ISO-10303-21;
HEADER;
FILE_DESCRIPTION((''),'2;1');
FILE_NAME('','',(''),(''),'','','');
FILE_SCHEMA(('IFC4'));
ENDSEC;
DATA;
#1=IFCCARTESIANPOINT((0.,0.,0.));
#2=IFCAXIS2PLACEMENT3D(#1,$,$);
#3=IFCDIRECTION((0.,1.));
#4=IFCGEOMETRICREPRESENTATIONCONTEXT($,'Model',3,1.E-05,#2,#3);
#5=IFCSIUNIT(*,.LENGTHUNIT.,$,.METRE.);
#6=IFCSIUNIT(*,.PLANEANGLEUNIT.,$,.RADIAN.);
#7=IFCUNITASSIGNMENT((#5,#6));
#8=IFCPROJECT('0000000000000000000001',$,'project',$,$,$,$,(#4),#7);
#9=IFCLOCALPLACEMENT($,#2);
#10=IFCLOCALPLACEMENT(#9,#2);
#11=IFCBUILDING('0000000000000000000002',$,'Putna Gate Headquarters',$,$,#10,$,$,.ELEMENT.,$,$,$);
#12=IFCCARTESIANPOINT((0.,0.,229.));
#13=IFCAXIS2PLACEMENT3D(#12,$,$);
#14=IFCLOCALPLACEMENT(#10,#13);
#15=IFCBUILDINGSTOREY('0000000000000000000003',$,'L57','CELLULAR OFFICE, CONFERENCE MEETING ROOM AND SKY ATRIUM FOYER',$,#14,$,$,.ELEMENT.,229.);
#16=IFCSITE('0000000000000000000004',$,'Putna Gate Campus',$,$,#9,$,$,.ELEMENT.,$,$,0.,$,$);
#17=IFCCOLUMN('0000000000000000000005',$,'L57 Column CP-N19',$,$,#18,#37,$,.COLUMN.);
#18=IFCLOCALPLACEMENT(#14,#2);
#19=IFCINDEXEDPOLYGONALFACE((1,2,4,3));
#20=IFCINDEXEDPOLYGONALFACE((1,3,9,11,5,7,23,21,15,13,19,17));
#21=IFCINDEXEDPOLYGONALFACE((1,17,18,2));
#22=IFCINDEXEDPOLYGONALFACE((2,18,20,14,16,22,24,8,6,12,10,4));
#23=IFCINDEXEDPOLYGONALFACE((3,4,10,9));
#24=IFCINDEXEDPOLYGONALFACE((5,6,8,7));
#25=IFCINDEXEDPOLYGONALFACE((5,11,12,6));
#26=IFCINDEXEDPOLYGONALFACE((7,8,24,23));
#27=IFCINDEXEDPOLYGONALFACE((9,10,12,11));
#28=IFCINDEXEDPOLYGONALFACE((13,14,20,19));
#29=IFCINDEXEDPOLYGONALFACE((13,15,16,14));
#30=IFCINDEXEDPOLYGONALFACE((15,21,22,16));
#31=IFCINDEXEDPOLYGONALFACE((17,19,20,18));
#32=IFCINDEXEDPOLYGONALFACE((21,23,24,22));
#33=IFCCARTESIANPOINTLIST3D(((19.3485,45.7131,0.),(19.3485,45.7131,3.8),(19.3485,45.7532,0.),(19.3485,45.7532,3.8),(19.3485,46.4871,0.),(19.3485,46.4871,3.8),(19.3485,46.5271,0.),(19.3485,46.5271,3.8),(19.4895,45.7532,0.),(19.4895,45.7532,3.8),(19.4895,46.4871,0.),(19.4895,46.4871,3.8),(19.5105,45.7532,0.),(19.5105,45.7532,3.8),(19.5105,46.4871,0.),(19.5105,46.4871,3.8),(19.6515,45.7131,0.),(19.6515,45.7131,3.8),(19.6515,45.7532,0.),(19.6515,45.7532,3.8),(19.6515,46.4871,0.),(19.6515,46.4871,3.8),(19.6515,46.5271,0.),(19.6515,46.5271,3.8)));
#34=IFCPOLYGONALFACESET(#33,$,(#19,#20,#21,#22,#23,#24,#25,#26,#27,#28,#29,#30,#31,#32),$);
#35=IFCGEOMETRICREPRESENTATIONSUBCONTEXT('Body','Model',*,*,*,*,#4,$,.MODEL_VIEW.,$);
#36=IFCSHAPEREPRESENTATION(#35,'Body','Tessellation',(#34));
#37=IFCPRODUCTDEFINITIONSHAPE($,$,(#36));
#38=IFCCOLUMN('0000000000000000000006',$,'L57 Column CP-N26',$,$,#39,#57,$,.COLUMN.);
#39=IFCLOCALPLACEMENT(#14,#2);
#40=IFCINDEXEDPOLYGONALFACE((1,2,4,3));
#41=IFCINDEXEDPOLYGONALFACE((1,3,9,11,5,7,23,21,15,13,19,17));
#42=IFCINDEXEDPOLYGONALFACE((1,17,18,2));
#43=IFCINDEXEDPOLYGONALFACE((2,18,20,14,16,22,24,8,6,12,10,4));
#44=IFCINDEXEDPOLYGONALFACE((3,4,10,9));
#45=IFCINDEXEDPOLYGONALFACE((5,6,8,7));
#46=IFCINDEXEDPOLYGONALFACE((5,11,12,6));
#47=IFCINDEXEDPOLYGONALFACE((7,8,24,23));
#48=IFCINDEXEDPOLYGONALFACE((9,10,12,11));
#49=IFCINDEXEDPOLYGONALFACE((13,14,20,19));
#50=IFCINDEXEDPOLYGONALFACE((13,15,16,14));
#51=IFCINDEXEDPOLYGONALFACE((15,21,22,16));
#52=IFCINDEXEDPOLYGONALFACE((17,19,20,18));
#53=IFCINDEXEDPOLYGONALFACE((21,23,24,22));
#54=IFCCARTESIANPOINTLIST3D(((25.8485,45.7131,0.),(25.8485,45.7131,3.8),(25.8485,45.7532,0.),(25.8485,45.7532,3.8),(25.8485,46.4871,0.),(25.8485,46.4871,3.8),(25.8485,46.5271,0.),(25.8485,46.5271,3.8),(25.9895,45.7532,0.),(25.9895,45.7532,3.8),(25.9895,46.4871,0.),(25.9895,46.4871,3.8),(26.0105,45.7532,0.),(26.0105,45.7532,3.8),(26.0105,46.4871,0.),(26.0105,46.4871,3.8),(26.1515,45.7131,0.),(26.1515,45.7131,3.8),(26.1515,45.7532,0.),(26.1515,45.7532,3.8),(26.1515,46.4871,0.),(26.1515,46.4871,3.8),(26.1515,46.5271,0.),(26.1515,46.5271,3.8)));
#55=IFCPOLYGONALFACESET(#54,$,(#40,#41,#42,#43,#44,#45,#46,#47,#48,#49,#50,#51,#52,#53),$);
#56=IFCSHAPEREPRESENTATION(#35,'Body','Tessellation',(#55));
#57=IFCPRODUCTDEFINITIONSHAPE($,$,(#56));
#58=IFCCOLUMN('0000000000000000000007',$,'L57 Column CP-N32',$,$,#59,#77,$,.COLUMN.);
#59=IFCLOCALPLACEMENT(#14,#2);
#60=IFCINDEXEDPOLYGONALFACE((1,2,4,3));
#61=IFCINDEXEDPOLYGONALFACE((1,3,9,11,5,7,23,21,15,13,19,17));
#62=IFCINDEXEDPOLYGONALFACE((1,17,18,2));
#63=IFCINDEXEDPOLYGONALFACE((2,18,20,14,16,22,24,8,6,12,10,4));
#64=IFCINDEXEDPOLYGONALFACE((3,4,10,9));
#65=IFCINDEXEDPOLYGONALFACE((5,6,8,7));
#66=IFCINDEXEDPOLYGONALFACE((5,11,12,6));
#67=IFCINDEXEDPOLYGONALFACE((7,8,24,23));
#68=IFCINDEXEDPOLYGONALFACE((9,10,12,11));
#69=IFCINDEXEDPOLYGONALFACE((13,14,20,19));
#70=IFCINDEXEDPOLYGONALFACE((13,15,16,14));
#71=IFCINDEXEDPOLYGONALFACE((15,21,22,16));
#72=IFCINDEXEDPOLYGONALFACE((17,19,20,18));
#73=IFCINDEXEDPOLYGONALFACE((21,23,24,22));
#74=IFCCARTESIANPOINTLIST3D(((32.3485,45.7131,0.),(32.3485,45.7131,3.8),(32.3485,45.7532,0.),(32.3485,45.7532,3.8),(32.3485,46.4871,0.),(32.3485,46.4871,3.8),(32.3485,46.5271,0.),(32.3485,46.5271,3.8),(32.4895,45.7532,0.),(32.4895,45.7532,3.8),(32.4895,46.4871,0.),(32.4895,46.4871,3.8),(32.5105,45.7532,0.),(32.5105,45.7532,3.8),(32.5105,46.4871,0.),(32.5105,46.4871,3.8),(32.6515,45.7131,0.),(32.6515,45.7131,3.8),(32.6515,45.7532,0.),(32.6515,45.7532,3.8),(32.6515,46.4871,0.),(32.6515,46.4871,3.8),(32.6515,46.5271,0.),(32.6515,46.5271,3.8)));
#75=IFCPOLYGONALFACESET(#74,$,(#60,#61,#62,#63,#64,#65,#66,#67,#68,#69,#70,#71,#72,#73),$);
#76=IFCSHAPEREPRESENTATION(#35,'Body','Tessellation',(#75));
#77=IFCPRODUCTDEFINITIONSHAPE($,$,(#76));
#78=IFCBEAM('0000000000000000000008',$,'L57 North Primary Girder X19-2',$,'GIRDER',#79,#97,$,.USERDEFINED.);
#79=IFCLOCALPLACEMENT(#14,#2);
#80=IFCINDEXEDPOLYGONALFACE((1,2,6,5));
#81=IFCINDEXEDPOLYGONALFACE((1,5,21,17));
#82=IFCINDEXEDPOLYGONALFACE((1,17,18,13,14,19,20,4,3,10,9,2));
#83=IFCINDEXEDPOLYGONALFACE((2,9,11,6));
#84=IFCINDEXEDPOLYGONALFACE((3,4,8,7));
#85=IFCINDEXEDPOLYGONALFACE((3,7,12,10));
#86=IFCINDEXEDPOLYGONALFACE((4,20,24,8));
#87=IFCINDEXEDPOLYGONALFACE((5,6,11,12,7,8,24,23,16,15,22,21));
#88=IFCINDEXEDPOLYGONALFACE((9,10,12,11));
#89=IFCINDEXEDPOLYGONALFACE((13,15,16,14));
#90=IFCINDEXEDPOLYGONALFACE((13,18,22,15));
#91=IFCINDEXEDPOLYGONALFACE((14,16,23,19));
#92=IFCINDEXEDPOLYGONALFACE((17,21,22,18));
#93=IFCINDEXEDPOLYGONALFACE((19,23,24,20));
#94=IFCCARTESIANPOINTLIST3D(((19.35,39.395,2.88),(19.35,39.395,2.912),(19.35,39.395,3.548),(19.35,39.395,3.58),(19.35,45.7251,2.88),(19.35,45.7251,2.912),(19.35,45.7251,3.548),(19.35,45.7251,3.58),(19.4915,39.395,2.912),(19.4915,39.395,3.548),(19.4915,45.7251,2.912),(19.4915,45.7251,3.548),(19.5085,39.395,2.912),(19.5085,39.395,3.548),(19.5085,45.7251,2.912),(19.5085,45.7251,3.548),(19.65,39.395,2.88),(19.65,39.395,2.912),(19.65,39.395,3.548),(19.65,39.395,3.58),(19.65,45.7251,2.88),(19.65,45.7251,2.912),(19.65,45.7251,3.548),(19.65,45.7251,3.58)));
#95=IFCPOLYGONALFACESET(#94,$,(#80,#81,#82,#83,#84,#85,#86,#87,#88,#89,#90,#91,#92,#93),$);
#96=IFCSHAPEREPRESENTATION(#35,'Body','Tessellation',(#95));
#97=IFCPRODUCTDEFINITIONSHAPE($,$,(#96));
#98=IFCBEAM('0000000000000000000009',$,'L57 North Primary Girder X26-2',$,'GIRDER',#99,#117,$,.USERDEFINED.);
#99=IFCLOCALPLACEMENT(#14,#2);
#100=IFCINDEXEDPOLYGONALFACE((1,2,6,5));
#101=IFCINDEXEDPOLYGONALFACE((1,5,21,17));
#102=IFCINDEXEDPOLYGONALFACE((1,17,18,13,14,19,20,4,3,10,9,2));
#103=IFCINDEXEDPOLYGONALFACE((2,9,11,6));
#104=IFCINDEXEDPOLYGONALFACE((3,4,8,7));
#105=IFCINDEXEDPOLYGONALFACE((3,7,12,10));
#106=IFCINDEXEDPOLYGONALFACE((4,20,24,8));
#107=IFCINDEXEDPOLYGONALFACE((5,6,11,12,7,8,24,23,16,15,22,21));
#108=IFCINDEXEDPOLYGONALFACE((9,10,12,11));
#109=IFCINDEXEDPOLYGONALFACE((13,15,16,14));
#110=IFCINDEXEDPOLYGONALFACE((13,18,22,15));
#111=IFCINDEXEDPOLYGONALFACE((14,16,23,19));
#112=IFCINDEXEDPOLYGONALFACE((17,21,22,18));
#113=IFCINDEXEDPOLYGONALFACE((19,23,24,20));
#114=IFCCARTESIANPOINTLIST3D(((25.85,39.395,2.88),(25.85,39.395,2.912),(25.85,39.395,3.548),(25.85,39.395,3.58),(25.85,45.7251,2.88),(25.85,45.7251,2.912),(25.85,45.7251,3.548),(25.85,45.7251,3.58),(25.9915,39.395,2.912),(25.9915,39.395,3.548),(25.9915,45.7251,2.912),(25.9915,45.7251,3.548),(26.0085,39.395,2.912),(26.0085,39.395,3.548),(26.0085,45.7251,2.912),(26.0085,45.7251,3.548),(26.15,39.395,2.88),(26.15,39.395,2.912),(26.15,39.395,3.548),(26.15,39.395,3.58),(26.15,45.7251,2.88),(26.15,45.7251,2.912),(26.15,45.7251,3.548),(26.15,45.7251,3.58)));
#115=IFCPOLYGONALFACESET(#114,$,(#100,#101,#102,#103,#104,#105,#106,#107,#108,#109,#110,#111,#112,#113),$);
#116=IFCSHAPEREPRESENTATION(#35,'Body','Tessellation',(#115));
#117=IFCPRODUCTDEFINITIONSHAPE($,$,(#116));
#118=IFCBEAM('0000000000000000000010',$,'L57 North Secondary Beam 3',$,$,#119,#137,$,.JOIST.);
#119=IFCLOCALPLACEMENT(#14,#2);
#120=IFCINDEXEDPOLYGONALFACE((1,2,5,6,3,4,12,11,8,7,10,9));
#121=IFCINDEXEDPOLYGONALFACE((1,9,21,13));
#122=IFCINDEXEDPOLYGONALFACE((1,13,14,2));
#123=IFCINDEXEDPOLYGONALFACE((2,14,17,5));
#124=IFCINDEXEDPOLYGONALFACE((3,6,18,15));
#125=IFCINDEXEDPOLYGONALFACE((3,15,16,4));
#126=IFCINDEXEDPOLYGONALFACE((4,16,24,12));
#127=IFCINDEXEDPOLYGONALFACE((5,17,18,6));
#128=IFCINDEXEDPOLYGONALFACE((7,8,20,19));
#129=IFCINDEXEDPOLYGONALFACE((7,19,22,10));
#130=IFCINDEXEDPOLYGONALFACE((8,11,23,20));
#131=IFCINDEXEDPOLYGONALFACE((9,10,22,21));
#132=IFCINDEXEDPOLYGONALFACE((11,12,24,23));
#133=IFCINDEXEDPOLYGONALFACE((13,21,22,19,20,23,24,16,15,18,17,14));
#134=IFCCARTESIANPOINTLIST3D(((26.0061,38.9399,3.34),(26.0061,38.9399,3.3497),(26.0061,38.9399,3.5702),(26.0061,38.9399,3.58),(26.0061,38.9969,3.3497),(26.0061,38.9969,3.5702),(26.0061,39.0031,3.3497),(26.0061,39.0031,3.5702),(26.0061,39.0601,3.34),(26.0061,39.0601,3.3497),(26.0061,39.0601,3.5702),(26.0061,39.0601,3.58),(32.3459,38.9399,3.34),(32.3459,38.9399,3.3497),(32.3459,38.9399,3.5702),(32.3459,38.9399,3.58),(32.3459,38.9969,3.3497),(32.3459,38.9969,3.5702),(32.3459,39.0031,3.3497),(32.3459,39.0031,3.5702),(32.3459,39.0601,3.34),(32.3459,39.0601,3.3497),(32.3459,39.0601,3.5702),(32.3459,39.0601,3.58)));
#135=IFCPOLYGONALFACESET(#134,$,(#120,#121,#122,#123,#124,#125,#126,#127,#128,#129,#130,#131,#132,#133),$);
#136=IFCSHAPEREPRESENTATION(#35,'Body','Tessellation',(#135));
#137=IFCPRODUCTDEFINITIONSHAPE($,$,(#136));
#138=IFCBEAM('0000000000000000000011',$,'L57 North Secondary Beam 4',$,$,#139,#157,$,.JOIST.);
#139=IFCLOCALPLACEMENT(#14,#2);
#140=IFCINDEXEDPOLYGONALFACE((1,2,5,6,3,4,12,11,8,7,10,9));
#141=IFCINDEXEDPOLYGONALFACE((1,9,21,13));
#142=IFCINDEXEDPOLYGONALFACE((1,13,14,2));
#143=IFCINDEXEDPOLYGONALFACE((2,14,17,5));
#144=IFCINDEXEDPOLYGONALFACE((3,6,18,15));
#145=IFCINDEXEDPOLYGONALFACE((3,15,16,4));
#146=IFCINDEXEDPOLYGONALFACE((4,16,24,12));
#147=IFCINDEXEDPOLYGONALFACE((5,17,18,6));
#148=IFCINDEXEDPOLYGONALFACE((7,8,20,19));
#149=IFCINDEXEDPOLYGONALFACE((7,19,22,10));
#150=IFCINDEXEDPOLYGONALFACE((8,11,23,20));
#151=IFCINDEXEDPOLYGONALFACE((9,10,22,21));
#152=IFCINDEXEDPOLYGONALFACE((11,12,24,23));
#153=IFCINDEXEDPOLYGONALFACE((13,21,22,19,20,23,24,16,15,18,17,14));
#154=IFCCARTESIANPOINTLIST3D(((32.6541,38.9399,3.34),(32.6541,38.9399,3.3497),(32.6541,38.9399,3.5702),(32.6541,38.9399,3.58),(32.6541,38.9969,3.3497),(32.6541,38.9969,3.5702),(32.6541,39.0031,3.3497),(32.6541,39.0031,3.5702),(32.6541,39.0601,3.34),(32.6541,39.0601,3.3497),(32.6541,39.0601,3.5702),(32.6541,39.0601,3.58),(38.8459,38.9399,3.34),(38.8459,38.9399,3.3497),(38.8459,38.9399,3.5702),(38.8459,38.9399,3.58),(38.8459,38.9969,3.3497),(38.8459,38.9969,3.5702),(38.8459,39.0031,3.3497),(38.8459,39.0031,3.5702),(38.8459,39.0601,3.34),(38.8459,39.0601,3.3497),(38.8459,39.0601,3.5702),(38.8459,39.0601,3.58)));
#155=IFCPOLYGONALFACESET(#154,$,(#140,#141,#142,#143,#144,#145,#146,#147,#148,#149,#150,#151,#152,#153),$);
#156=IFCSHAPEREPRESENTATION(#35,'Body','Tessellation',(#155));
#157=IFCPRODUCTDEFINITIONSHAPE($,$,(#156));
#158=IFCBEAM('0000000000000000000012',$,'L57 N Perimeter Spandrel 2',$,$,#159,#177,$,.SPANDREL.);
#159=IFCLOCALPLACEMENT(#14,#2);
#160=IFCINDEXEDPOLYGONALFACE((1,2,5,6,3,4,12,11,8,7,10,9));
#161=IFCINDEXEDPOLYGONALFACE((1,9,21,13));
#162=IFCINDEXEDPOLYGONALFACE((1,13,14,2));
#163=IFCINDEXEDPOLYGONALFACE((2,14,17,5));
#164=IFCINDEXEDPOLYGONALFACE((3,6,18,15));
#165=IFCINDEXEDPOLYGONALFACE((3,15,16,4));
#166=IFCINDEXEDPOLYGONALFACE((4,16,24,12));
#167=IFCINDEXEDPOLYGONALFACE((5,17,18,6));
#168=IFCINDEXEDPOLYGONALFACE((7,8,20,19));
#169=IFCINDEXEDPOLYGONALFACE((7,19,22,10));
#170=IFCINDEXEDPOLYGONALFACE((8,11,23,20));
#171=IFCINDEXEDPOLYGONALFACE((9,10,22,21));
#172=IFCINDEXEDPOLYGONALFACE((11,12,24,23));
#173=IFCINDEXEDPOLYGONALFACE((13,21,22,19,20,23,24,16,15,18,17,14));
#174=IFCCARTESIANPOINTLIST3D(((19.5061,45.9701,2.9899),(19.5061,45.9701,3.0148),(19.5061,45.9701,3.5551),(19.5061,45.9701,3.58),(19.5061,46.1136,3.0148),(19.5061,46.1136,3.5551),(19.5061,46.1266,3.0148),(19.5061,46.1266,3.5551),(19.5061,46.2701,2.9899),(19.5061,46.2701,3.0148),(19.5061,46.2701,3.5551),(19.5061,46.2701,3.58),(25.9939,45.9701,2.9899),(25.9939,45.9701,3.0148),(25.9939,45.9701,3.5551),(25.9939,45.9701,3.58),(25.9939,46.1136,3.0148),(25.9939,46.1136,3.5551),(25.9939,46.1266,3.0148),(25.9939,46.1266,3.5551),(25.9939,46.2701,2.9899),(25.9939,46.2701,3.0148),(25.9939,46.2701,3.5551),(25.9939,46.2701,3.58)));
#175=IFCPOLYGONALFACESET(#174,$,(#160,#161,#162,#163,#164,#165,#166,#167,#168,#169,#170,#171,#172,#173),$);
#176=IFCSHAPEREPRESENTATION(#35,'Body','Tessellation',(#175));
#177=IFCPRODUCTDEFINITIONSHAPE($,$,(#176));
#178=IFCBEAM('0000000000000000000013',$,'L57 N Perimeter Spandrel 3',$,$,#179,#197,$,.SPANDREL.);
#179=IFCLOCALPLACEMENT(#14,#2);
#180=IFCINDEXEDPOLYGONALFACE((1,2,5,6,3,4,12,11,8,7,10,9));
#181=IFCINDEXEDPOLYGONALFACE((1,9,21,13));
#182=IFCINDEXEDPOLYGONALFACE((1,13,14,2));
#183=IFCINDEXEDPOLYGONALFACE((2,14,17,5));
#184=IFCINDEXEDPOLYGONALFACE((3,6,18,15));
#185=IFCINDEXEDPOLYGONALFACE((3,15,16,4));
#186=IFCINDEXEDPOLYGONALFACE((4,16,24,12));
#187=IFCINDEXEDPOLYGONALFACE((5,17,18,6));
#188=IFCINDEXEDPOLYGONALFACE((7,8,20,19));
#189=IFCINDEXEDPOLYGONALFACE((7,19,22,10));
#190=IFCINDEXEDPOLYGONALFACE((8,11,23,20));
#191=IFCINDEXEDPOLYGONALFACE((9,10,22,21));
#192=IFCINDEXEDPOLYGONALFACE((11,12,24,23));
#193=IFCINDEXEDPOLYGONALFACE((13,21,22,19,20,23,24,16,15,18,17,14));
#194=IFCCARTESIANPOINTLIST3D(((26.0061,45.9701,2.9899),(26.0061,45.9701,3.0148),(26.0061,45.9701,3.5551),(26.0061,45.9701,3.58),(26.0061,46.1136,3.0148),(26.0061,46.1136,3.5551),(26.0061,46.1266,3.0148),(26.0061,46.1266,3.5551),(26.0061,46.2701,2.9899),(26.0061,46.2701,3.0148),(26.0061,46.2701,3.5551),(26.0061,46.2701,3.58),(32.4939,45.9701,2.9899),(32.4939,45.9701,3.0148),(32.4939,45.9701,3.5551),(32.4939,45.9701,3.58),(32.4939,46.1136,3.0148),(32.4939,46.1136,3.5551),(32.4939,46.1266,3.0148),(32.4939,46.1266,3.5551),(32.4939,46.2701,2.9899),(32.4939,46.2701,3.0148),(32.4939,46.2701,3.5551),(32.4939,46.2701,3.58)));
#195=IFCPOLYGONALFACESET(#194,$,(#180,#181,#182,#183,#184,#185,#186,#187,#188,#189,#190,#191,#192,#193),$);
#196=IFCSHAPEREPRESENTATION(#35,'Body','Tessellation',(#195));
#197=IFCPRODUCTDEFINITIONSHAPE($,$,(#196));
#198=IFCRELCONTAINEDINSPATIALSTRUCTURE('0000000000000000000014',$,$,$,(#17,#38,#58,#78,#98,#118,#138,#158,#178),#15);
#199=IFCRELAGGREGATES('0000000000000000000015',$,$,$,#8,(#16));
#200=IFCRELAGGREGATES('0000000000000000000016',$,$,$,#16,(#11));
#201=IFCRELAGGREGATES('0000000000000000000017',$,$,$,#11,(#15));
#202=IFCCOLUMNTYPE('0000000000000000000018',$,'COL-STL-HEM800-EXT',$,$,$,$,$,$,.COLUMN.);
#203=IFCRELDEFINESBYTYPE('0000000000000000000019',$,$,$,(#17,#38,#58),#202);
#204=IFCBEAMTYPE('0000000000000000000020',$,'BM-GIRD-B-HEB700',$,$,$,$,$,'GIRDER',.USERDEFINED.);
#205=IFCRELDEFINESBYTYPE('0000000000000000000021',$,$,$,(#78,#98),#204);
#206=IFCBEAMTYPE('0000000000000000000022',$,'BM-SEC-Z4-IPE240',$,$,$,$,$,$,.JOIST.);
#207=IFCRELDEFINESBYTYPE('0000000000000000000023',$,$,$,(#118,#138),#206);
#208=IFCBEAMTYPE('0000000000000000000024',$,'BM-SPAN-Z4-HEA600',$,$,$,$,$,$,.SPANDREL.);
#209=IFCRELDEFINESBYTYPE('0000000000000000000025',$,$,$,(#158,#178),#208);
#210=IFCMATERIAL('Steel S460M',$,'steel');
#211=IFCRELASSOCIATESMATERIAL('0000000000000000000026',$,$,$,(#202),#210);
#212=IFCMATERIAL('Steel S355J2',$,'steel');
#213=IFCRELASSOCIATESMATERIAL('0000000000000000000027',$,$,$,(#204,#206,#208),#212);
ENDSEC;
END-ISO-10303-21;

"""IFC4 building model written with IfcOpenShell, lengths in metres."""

from ifc_helpers import new_model, si_unit, direction, frame, origin, origin_2d, place, context, subcontext, project, spatial, i_section, extrude, material, material_profile, profile_set, type_object, element, save


model = new_model("IFC4")

# Units and contexts
model_context = context("Model", 3, precision=1e-05, world=origin(), true_north=direction((0.0, 1.0)))
body_context = subcontext(model_context, "Body", "Model", "MODEL_VIEW")
ifc_project = project(units=[si_unit("LENGTHUNIT", "METRE"), si_unit("PLANEANGLEUNIT", "RADIAN")], contexts=[model_context])

# Site, building, storey
site_placement = place(None, origin())
site = spatial("IfcSite", under=ifc_project, at=site_placement, Name="Putna Gate Campus", CompositionType="ELEMENT", RefElevation=0.0)
building_placement = place(site_placement, origin())
building = spatial("IfcBuilding", under=site, at=building_placement, Name="Putna Gate Headquarters", CompositionType="ELEMENT")
storey_placement = place(building_placement, frame((0.0, 0.0, 229.0)))
storey = spatial("IfcBuildingStorey", under=building, at=storey_placement, Name="L57", Description="CELLULAR OFFICE, CONFERENCE MEETING ROOM AND SKY ATRIUM FOYER", CompositionType="ELEMENT", Elevation=229.0)

# Columns
ifc_material_1 = material(Name="Steel S460M", Category="steel")
ifc_material_profile_1 = material_profile(ifc_material_1, i_section(OverallWidth=0.303, OverallDepth=0.814, WebThickness=0.021, FlangeThickness=0.04, at=origin_2d()), Name="Steel S460M")
ifc_profile_set_1 = profile_set([ifc_material_profile_1], Name="Steel S460M")
column_type = type_object("IfcColumnType", Name="COL-STL-HEM800-EXT", PredefinedType="COLUMN", material=ifc_profile_set_1)
for number, where, z_axis, x_axis, name in (
    (1, (19.5, 46.1201, 0.0), (0.0, 0.0, 1.0), (1.0, 0.0, 0.0), "L57 Column CP-N19"),
    (2, (26.0, 46.1201, 0.0), (0.0, 0.0, 1.0), (1.0, 0.0, 0.0), "L57 Column CP-N26"),
    (3, (32.5, 46.1201, 0.0), (0.0, 0.0, 1.0), (1.0, 0.0, 0.0), "L57 Column CP-N32"),
):
    element("IfcColumn", number, at=place(storey_placement, frame(where, z_axis=z_axis, x_axis=x_axis)), inside=storey, type_object=column_type, Name=name, PredefinedType="COLUMN", context=body_context, shape_type="SweptSolid", body=[
        extrude(i_section(OverallWidth=0.303, OverallDepth=0.814, WebThickness=0.021, FlangeThickness=0.04, at=origin_2d()), origin(), (0.0, 0.0, 1.0), 3.8),
    ])

# Beams
ifc_material_2 = material(Name="Steel S355J2", Category="steel")
ifc_material_profile_2 = material_profile(ifc_material_2, i_section(OverallWidth=0.3, OverallDepth=0.7, WebThickness=0.0171, FlangeThickness=0.032, at=origin_2d()), Name="Steel S355J2")
ifc_profile_set_2 = profile_set([ifc_material_profile_2], Name="Steel S355J2")
beam_type_1 = type_object("IfcBeamType", Name="BM-GIRD-B-HEB700", ElementType="GIRDER", PredefinedType="USERDEFINED", material=ifc_profile_set_2)
for number, where, z_axis, x_axis, name in (
    (4, (19.5, 39.395, 3.23), (0.0, 1.0, 0.0), (-1.0, 0.0, 0.0), "L57 North Primary Girder X19-2"),
    (5, (26.0, 39.395, 3.23), (0.0, 1.0, 0.0), (-1.0, 0.0, 0.0), "L57 North Primary Girder X26-2"),
):
    element("IfcBeam", number, at=place(storey_placement, frame(where, z_axis=z_axis, x_axis=x_axis)), inside=storey, type_object=beam_type_1, Name=name, ObjectType="GIRDER", PredefinedType="USERDEFINED", context=body_context, shape_type="SweptSolid", body=[
        extrude(i_section(OverallWidth=0.3, OverallDepth=0.7, WebThickness=0.0171, FlangeThickness=0.032, at=origin_2d()), origin(), (0.0, 0.0, 1.0), 6.3301),
    ])
ifc_material_profile_3 = material_profile(ifc_material_2, i_section(OverallWidth=0.1201, OverallDepth=0.24, WebThickness=0.0061, FlangeThickness=0.0098, at=origin_2d()), Name="Steel S355J2")
ifc_profile_set_3 = profile_set([ifc_material_profile_3], Name="Steel S355J2")
beam_type_2 = type_object("IfcBeamType", Name="BM-SEC-Z4-IPE240", PredefinedType="JOIST", material=ifc_profile_set_3)
beam_1_placement = place(storey_placement, frame((26.0061, 39.0, 3.46), z_axis=(1.0, 0.0, 0.0), x_axis=(0.0, 1.0, 0.0)))
element("IfcBeam", 6, at=beam_1_placement, inside=storey, type_object=beam_type_2, Name="L57 North Secondary Beam 3", PredefinedType="JOIST", context=body_context, shape_type="SweptSolid", body=[
    extrude(i_section(OverallWidth=0.1201, OverallDepth=0.24, WebThickness=0.0061, FlangeThickness=0.0098, at=origin_2d()), origin(), (0.0, 0.0, 1.0), 6.3398),
])
beam_2_placement = place(storey_placement, frame((32.6541, 39.0, 3.46), z_axis=(1.0, 0.0, 0.0), x_axis=(0.0, 1.0, 0.0)))
element("IfcBeam", 7, at=beam_2_placement, inside=storey, type_object=beam_type_2, Name="L57 North Secondary Beam 4", PredefinedType="JOIST", context=body_context, shape_type="SweptSolid", body=[
    extrude(i_section(OverallWidth=0.1201, OverallDepth=0.24, WebThickness=0.0061, FlangeThickness=0.0098, at=origin_2d()), origin(), (0.0, 0.0, 1.0), 6.1919),
])
ifc_material_profile_4 = material_profile(ifc_material_2, i_section(OverallWidth=0.3, OverallDepth=0.5901, WebThickness=0.0129, FlangeThickness=0.0249, at=origin_2d()), Name="Steel S355J2")
ifc_profile_set_4 = profile_set([ifc_material_profile_4], Name="Steel S355J2")
beam_type_3 = type_object("IfcBeamType", Name="BM-SPAN-Z4-HEA600", PredefinedType="SPANDREL", material=ifc_profile_set_4)
for number, where, z_axis, x_axis, name in (
    (8, (19.5061, 46.1201, 3.2849), (1.0, 0.0, 0.0), (0.0, 1.0, 0.0), "L57 N Perimeter Spandrel 2"),
    (9, (26.0061, 46.1201, 3.2849), (1.0, 0.0, 0.0), (0.0, 1.0, 0.0), "L57 N Perimeter Spandrel 3"),
):
    element("IfcBeam", number, at=place(storey_placement, frame(where, z_axis=z_axis, x_axis=x_axis)), inside=storey, type_object=beam_type_3, Name=name, PredefinedType="SPANDREL", context=body_context, shape_type="SweptSolid", body=[
        extrude(i_section(OverallWidth=0.3, OverallDepth=0.5901, WebThickness=0.0129, FlangeThickness=0.0249, at=origin_2d()), origin(), (0.0, 0.0, 1.0), 6.4878),
    ])

save(model, "model.ifc")
